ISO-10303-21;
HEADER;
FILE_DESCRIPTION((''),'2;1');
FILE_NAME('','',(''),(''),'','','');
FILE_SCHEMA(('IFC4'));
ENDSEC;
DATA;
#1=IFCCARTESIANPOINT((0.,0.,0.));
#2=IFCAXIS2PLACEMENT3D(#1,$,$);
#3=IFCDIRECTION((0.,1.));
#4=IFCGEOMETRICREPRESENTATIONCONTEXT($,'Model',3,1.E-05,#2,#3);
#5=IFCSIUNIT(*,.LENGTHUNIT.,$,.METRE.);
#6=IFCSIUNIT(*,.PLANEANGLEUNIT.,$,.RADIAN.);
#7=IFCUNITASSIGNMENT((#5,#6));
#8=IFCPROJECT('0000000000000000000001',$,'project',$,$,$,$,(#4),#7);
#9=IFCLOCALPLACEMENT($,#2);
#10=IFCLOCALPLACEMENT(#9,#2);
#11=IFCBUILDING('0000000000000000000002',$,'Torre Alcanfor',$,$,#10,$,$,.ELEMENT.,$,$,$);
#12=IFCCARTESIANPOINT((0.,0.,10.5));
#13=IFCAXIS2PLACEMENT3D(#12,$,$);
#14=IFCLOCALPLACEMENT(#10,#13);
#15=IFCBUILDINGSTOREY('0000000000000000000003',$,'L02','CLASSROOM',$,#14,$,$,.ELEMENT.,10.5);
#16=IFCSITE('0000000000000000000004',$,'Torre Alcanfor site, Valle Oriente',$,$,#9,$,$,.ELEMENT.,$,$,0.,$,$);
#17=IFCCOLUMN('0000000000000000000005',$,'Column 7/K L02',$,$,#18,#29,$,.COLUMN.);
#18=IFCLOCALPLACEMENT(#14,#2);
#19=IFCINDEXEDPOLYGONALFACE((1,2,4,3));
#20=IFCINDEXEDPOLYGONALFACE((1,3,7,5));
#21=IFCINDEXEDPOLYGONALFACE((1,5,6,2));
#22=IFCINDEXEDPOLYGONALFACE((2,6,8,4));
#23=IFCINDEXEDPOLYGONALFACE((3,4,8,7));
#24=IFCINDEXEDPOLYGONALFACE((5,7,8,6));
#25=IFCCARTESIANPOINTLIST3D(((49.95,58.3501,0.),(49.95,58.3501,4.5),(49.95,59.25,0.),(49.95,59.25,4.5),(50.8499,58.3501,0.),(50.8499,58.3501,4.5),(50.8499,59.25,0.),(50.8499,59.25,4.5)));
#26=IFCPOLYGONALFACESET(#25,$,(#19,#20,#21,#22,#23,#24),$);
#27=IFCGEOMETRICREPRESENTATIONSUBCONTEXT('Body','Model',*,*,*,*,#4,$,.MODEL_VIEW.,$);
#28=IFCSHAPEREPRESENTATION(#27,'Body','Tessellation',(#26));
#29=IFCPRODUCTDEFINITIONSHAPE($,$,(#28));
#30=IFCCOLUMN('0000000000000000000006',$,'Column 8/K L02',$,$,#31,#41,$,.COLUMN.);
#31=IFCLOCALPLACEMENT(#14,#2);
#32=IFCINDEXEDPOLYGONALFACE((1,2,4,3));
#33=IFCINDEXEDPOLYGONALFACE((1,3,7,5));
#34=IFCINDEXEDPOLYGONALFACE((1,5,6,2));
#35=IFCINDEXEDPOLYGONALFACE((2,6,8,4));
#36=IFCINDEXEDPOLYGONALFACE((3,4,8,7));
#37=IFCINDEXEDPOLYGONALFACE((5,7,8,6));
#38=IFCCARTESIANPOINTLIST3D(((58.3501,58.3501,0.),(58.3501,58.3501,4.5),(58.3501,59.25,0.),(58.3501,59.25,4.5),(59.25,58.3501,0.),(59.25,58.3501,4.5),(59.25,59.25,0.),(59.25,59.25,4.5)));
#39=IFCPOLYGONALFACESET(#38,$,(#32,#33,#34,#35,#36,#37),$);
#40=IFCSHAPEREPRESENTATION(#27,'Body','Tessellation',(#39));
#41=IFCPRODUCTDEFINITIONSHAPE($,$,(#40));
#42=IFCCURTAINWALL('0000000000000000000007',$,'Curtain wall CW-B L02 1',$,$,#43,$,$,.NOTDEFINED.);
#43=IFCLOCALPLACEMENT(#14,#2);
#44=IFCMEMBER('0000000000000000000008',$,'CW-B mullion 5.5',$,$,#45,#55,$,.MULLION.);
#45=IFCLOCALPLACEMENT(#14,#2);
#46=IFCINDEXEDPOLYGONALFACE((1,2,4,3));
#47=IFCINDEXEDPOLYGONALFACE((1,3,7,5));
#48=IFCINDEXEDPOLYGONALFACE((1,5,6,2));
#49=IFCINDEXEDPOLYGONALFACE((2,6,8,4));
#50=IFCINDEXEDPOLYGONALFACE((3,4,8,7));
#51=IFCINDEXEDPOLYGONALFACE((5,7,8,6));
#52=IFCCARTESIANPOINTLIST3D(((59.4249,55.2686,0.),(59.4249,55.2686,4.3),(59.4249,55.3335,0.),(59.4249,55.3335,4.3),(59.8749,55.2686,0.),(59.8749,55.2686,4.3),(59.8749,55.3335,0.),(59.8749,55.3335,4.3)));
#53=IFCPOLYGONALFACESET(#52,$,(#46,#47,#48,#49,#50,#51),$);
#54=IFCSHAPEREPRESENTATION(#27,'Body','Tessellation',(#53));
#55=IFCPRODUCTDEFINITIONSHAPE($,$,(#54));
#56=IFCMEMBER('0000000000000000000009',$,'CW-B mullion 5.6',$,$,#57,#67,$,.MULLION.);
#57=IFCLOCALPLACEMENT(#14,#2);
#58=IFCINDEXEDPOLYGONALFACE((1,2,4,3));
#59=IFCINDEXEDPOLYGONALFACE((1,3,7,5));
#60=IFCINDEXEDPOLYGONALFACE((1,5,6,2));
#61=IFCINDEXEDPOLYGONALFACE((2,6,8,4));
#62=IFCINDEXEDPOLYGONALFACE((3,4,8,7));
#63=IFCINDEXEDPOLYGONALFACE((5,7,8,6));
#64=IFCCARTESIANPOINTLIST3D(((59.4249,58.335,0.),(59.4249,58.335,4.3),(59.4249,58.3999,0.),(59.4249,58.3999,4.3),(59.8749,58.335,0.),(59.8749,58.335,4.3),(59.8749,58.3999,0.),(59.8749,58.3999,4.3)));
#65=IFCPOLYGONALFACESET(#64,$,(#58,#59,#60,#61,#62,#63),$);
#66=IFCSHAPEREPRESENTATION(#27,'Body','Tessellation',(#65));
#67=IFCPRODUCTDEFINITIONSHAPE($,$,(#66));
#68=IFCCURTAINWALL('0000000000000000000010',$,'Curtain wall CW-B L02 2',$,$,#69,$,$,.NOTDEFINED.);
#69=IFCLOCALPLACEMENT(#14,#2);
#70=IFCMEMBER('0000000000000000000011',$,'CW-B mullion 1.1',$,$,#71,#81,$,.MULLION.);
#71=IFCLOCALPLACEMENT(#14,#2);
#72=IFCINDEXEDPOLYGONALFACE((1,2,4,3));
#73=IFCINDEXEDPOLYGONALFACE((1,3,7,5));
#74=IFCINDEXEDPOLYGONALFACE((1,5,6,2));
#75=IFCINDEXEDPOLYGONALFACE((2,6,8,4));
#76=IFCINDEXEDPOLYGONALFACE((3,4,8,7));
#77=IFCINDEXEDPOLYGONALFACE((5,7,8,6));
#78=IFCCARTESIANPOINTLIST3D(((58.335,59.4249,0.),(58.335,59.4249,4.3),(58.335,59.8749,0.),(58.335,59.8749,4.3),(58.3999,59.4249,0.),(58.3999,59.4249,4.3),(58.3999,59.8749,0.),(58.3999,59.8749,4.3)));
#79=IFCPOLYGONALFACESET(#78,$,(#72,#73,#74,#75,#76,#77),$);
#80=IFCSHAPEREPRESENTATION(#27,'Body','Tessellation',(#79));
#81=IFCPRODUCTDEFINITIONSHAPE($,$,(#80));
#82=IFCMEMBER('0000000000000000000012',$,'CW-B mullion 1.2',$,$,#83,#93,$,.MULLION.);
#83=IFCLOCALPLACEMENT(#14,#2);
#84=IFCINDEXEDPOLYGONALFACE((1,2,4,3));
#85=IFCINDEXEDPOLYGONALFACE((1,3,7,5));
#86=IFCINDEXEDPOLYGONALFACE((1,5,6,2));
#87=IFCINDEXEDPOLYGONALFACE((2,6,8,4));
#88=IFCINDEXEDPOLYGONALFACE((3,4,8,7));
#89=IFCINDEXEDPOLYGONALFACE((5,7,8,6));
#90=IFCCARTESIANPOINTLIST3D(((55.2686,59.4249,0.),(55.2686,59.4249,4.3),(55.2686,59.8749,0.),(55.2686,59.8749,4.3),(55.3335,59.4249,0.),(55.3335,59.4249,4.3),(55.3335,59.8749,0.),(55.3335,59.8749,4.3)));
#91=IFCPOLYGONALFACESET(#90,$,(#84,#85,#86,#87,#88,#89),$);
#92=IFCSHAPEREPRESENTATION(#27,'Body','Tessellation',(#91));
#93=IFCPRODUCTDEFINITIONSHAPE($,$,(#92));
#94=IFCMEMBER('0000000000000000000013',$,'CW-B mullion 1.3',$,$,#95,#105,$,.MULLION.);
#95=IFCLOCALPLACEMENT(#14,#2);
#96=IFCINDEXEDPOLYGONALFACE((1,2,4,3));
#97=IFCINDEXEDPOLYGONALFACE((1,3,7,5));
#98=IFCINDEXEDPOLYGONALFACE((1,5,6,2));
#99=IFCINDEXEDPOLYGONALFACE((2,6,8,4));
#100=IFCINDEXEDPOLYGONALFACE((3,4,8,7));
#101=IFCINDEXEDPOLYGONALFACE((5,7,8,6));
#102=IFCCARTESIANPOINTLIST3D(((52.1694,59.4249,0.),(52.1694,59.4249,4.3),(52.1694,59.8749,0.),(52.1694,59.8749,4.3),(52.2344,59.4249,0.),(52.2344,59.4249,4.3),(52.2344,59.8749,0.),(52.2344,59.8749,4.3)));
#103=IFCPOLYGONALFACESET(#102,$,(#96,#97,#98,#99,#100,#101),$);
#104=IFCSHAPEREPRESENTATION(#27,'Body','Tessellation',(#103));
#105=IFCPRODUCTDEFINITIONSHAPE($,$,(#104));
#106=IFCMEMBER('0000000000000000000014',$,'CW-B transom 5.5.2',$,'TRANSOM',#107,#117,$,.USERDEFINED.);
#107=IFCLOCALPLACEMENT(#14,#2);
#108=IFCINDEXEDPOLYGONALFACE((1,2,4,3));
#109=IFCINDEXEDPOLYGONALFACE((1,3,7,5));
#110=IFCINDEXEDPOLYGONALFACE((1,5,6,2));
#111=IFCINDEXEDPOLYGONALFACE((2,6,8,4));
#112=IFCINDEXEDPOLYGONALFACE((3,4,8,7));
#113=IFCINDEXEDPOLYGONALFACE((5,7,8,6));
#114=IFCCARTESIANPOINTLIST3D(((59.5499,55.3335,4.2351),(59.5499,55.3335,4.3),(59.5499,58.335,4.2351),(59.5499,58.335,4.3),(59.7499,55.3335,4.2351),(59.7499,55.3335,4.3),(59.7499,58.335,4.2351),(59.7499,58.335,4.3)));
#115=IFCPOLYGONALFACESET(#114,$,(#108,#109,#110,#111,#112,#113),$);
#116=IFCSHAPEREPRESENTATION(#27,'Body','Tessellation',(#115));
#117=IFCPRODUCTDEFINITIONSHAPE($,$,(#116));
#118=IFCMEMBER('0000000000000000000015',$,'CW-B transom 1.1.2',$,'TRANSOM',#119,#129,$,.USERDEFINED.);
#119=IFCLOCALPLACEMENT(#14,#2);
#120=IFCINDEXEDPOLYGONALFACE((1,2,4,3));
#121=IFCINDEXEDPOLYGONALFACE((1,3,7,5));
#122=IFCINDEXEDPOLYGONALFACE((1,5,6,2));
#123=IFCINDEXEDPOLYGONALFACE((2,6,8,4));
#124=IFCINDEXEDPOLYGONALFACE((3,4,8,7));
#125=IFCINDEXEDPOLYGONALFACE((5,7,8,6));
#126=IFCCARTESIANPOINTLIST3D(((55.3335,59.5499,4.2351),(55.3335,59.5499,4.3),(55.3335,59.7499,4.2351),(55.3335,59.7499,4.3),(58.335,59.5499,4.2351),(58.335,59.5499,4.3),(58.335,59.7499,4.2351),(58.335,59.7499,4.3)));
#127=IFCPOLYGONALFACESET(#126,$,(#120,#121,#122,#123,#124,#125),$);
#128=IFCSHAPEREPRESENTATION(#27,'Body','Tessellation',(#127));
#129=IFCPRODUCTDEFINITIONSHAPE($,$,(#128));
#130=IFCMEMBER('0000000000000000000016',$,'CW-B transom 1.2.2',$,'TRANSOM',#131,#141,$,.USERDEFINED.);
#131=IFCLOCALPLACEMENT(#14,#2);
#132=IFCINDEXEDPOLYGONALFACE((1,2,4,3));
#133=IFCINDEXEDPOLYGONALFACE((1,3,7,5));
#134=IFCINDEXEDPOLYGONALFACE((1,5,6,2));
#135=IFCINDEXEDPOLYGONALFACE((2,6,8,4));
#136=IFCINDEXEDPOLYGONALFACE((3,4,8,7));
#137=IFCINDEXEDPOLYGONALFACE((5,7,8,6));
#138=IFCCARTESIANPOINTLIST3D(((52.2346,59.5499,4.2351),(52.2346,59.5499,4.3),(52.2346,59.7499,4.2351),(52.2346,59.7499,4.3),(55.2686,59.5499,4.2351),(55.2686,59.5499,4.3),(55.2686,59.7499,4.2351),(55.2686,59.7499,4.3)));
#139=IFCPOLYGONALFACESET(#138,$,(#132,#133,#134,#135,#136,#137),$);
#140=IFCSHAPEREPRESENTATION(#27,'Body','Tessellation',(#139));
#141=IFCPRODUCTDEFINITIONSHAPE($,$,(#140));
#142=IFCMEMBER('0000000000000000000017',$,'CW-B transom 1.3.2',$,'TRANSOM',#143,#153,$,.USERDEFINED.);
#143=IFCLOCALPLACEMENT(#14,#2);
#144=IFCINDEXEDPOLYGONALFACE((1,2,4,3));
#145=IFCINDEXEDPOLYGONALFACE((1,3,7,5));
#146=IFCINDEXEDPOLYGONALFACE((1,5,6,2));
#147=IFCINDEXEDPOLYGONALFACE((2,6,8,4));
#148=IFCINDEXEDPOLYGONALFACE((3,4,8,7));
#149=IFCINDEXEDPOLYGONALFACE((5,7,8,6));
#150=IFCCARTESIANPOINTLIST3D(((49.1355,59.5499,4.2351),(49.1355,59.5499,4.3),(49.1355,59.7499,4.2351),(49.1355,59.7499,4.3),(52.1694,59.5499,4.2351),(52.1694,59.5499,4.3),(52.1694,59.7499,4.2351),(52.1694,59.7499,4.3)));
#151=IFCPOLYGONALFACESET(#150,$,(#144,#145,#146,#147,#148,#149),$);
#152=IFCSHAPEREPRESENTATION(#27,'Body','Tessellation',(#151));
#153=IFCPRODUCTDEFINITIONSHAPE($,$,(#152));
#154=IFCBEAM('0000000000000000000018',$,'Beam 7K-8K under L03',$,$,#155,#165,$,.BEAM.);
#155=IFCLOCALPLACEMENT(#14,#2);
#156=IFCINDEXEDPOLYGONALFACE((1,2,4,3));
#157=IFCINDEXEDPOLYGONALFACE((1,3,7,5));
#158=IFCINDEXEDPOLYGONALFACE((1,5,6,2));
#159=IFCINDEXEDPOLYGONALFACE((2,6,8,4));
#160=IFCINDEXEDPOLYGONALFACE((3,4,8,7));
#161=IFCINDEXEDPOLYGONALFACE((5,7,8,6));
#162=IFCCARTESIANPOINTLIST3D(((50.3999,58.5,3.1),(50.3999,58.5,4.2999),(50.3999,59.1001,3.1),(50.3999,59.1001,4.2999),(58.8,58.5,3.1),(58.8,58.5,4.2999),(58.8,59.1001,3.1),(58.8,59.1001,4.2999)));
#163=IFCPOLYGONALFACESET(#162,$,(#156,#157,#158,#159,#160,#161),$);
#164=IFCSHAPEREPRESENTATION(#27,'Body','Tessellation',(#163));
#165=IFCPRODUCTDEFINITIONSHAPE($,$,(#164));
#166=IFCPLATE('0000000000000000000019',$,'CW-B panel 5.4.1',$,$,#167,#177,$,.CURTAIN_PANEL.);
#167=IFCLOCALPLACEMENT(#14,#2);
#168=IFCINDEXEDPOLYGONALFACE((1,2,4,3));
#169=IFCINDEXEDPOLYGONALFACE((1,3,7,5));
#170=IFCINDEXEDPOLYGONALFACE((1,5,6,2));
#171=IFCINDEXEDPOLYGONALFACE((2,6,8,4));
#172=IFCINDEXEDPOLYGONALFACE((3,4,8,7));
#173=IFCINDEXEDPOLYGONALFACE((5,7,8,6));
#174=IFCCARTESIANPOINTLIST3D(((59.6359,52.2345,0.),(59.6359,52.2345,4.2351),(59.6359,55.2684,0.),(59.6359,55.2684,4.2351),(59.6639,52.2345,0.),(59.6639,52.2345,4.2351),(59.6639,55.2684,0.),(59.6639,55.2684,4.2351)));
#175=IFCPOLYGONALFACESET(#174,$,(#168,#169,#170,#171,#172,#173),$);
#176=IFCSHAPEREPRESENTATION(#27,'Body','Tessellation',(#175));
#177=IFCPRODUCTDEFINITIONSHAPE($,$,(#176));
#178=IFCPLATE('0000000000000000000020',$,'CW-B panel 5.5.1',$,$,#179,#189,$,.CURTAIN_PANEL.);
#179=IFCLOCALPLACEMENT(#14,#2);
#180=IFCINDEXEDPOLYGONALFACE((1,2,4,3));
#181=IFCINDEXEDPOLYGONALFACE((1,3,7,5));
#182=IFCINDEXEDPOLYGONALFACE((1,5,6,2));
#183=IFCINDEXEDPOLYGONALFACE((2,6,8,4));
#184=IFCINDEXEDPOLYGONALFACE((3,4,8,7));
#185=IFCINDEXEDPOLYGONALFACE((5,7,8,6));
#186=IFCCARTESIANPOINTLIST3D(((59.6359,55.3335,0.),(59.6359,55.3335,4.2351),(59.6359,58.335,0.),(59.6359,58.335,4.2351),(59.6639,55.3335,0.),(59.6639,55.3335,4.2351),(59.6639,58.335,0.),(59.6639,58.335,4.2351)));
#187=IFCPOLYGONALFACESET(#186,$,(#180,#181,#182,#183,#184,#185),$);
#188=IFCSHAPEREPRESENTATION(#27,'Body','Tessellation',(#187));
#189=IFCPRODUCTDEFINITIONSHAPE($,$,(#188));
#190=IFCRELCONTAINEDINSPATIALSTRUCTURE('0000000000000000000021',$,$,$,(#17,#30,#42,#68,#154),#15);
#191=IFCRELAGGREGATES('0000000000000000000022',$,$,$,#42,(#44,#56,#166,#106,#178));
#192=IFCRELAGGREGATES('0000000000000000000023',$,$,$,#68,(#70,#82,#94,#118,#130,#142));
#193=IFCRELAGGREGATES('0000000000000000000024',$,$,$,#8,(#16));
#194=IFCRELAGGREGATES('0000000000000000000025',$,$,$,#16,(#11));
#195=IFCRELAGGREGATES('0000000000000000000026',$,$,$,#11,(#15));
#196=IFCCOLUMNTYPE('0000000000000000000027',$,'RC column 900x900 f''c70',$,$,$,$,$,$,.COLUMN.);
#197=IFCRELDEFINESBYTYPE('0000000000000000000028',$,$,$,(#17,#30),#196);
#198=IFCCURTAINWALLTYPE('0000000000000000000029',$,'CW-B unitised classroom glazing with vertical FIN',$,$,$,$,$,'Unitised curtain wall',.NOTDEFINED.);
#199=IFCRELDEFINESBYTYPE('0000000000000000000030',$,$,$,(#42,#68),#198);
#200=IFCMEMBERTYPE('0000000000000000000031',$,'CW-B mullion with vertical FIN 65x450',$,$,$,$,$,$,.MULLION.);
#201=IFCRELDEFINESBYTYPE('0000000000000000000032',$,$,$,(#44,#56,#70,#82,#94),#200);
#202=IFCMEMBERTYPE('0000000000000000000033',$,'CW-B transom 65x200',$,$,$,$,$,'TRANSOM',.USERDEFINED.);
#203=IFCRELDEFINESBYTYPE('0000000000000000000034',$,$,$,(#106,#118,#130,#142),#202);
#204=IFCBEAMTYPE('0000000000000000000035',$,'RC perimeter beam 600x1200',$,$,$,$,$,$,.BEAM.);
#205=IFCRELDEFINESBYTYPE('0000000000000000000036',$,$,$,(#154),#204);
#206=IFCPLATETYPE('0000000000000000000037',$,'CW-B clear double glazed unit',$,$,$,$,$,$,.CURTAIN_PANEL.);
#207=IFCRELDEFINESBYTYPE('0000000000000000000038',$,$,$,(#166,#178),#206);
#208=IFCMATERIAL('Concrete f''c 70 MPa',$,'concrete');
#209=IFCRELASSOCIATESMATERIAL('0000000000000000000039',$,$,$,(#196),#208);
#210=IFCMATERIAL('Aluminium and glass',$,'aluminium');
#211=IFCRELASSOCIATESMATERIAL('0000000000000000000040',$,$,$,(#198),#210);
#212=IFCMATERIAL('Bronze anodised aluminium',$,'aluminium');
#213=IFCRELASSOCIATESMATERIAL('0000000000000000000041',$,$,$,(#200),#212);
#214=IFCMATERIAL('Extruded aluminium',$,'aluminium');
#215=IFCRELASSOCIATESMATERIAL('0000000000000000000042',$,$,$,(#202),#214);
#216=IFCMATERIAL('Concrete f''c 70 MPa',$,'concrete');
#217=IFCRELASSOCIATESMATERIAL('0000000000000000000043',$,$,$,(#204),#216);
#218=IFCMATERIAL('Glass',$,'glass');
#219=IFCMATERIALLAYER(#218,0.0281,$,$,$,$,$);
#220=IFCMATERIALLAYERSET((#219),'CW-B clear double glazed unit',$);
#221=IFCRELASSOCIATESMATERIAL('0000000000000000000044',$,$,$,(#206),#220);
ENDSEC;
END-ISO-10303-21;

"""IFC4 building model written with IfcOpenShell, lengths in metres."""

from ifc_helpers import new_model, si_unit, direction, frame, origin, origin_2d, place, context, subcontext, project, spatial, rectangle, extrude, material, layer, layer_set, material_profile, profile_set, type_object, element, aggregate, save


model = new_model("IFC4")

# Units and contexts
model_context = context("Model", 3, precision=1e-05, world=origin(), true_north=direction((0.0, 1.0)))
body_context = subcontext(model_context, "Body", "Model", "MODEL_VIEW")
ifc_project = project(units=[si_unit("LENGTHUNIT", "METRE"), si_unit("PLANEANGLEUNIT", "RADIAN")], contexts=[model_context])

# Site, building, storey
site_placement = place(None, origin())
site = spatial("IfcSite", under=ifc_project, at=site_placement, Name="Torre Alcanfor site, Valle Oriente", CompositionType="ELEMENT", RefElevation=0.0)
building_placement = place(site_placement, origin())
building = spatial("IfcBuilding", under=site, at=building_placement, Name="Torre Alcanfor", CompositionType="ELEMENT")
storey_placement = place(building_placement, frame((0.0, 0.0, 10.5)))
storey = spatial("IfcBuildingStorey", under=building, at=storey_placement, Name="L02", Description="CLASSROOM", CompositionType="ELEMENT", Elevation=10.5)

# Columns
ifc_material_1 = material(Name="Concrete f'c 70 MPa", Category="concrete")
ifc_material_profile_1 = material_profile(ifc_material_1, rectangle(XDim=0.8999, YDim=0.8999, at=origin_2d()), Name="900x900")
ifc_profile_set_1 = profile_set([ifc_material_profile_1], Name="Concrete f'c 70 MPa")
column_type = type_object("IfcColumnType", Name="RC column 900x900 f'c70", PredefinedType="COLUMN", material=ifc_profile_set_1)
for number, where, z_axis, x_axis, name in (
    (1, (50.3999, 58.8, 0.0), (0.0, 0.0, 1.0), (1.0, 0.0, 0.0), "Column 7/K L02"),
    (2, (58.8, 58.8, 0.0), (0.0, 0.0, 1.0), (1.0, 0.0, 0.0), "Column 8/K L02"),
):
    element("IfcColumn", number, at=place(storey_placement, frame(where, z_axis=z_axis, x_axis=x_axis)), inside=storey, type_object=column_type, Name=name, PredefinedType="COLUMN", context=body_context, shape_type="SweptSolid", body=[
        extrude(rectangle(XDim=0.8999, YDim=0.8999, at=origin_2d()), origin(), (0.0, 0.0, 1.0), 4.5),
    ])

# Curtain walls, members
ifc_material_2 = material(Name="Aluminium and glass", Category="aluminium")
curtain_wall_type = type_object("IfcCurtainWallType", Name="CW-B unitised classroom glazing with vertical FIN", ElementType="Unitised curtain wall", PredefinedType="NOTDEFINED", material=ifc_material_2)
curtain_wall_1_placement = place(storey_placement, origin())
curtain_wall_1 = element("IfcCurtainWall", 3, at=curtain_wall_1_placement, inside=storey, type_object=curtain_wall_type, Name="Curtain wall CW-B L02 1", PredefinedType="NOTDEFINED")
ifc_material_3 = material(Name="Bronze anodised aluminium", Category="aluminium")
ifc_material_profile_2 = material_profile(ifc_material_3, rectangle(XDim=0.45, YDim=0.0649, at=origin_2d()), Name="CW-B mullion 65x450")
ifc_profile_set_2 = profile_set([ifc_material_profile_2], Name="Bronze anodised aluminium")
member_type_1 = type_object("IfcMemberType", Name="CW-B mullion with vertical FIN 65x450", PredefinedType="MULLION", material=ifc_profile_set_2)
member_1_placement = place(storey_placement, frame((59.6499, 55.301, 0.0), z_axis=(0.0, 0.0, 1.0), x_axis=(-1.0, 0.0, 0.0)))
member_1 = element("IfcMember", 4, at=member_1_placement, type_object=member_type_1, Name="CW-B mullion 5.5", PredefinedType="MULLION", context=body_context, shape_type="SweptSolid", body=[
    extrude(rectangle(XDim=0.45, YDim=0.0649, at=origin_2d()), origin(), (0.0, 0.0, 1.0), 4.3),
])
member_2_placement = place(storey_placement, frame((59.6499, 58.3674, 0.0), z_axis=(0.0, 0.0, 1.0), x_axis=(-1.0, 0.0, 0.0)))
member_2 = element("IfcMember", 5, at=member_2_placement, type_object=member_type_1, Name="CW-B mullion 5.6", PredefinedType="MULLION", context=body_context, shape_type="SweptSolid", body=[
    extrude(rectangle(XDim=0.45, YDim=0.0649, at=origin_2d()), origin(), (0.0, 0.0, 1.0), 4.3),
])
curtain_wall_2_placement = place(storey_placement, origin())
curtain_wall_2 = element("IfcCurtainWall", 6, at=curtain_wall_2_placement, inside=storey, type_object=curtain_wall_type, Name="Curtain wall CW-B L02 2", PredefinedType="NOTDEFINED")
member_3_placement = place(storey_placement, frame((58.3674, 59.6499, 0.0), z_axis=(0.0, 0.0, 1.0), x_axis=(0.0, -1.0, 0.0)))
member_3 = element("IfcMember", 7, at=member_3_placement, type_object=member_type_1, Name="CW-B mullion 1.1", PredefinedType="MULLION", context=body_context, shape_type="SweptSolid", body=[
    extrude(rectangle(XDim=0.45, YDim=0.0649, at=origin_2d()), origin(), (0.0, 0.0, 1.0), 4.3),
])
member_4_placement = place(storey_placement, frame((55.301, 59.6499, 0.0), z_axis=(0.0, 0.0, 1.0), x_axis=(0.0, -1.0, 0.0)))
member_4 = element("IfcMember", 8, at=member_4_placement, type_object=member_type_1, Name="CW-B mullion 1.2", PredefinedType="MULLION", context=body_context, shape_type="SweptSolid", body=[
    extrude(rectangle(XDim=0.45, YDim=0.0649, at=origin_2d()), origin(), (0.0, 0.0, 1.0), 4.3),
])
member_5_placement = place(storey_placement, frame((52.2019, 59.6499, 0.0), z_axis=(0.0, 0.0, 1.0), x_axis=(0.0, -1.0, 0.0)))
member_5 = element("IfcMember", 9, at=member_5_placement, type_object=member_type_1, Name="CW-B mullion 1.3", PredefinedType="MULLION", context=body_context, shape_type="SweptSolid", body=[
    extrude(rectangle(XDim=0.45, YDim=0.0649, at=origin_2d()), origin(), (0.0, 0.0, 1.0), 4.3),
])

# Members
ifc_material_4 = material(Name="Extruded aluminium", Category="aluminium")
ifc_material_profile_3 = material_profile(ifc_material_4, rectangle(XDim=0.2, YDim=0.0649, at=origin_2d()), Name="CW-B transom 200x65")
ifc_profile_set_3 = profile_set([ifc_material_profile_3], Name="Extruded aluminium")
member_type_2 = type_object("IfcMemberType", Name="CW-B transom 65x200", ElementType="TRANSOM", PredefinedType="USERDEFINED", material=ifc_profile_set_3)
member_6_placement = place(storey_placement, frame((59.6499, 55.3335, 4.2676), z_axis=(0.0, 1.0, 0.0), x_axis=(-1.0, 0.0, 0.0)))
member_6 = element("IfcMember", 10, at=member_6_placement, type_object=member_type_2, Name="CW-B transom 5.5.2", ObjectType="TRANSOM", PredefinedType="USERDEFINED", context=body_context, shape_type="SweptSolid", body=[
    extrude(rectangle(XDim=0.2, YDim=0.0649, at=origin_2d()), origin(), (0.0, 0.0, 1.0), 3.0015),
])
member_7_placement = place(storey_placement, frame((58.335, 59.6499, 4.2676), z_axis=(-1.0, 0.0, 0.0), x_axis=(0.0, -1.0, 0.0)))
member_7 = element("IfcMember", 11, at=member_7_placement, type_object=member_type_2, Name="CW-B transom 1.1.2", ObjectType="TRANSOM", PredefinedType="USERDEFINED", context=body_context, shape_type="SweptSolid", body=[
    extrude(rectangle(XDim=0.2, YDim=0.0649, at=origin_2d()), origin(), (0.0, 0.0, 1.0), 3.0015),
])
member_8_placement = place(storey_placement, frame((55.2686, 59.6499, 4.2676), z_axis=(-1.0, 0.0, 0.0), x_axis=(0.0, -1.0, 0.0)))
member_8 = element("IfcMember", 12, at=member_8_placement, type_object=member_type_2, Name="CW-B transom 1.2.2", ObjectType="TRANSOM", PredefinedType="USERDEFINED", context=body_context, shape_type="SweptSolid", body=[
    extrude(rectangle(XDim=0.2, YDim=0.0649, at=origin_2d()), origin(), (0.0, 0.0, 1.0), 3.0339),
])
member_9_placement = place(storey_placement, frame((52.1694, 59.6499, 4.2676), z_axis=(-1.0, 0.0, 0.0), x_axis=(0.0, -1.0, 0.0)))
member_9 = element("IfcMember", 13, at=member_9_placement, type_object=member_type_2, Name="CW-B transom 1.3.2", ObjectType="TRANSOM", PredefinedType="USERDEFINED", context=body_context, shape_type="SweptSolid", body=[
    extrude(rectangle(XDim=0.2, YDim=0.0649, at=origin_2d()), origin(), (0.0, 0.0, 1.0), 3.0339),
])

# Beam
ifc_material_5 = material(Name="Concrete f'c 70 MPa", Category="concrete")
ifc_material_profile_4 = material_profile(ifc_material_5, rectangle(XDim=0.6001, YDim=1.2, at=origin_2d()), Name="600x1200")
ifc_profile_set_4 = profile_set([ifc_material_profile_4], Name="Concrete f'c 70 MPa")
beam_type = type_object("IfcBeamType", Name="RC perimeter beam 600x1200", PredefinedType="BEAM", material=ifc_profile_set_4)
beam_placement = place(storey_placement, frame((50.3999, 58.8, 3.7), z_axis=(1.0, 0.0, 0.0), x_axis=(0.0, 1.0, 0.0)))
element("IfcBeam", 14, at=beam_placement, inside=storey, type_object=beam_type, Name="Beam 7K-8K under L03", PredefinedType="BEAM", context=body_context, shape_type="SweptSolid", body=[
    extrude(rectangle(XDim=0.6001, YDim=1.2, at=origin_2d()), origin(), (0.0, 0.0, 1.0), 8.4001),
])

# Plates
ifc_material_6 = material(Name="Glass", Category="glass")
ifc_layer_1 = layer(ifc_material_6, 0.0281)
ifc_layer_set_1 = layer_set([ifc_layer_1], Name="CW-B clear double glazed unit")
plate_type = type_object("IfcPlateType", Name="CW-B clear double glazed unit", PredefinedType="CURTAIN_PANEL", material=ifc_layer_set_1)
plate_1_placement = place(storey_placement, frame((59.6499, 53.7515, 0.0), z_axis=(0.0, 0.0, 1.0), x_axis=(0.0, 1.0, 0.0)))
plate_1 = element("IfcPlate", 15, at=plate_1_placement, type_object=plate_type, Name="CW-B panel 5.4.1", PredefinedType="CURTAIN_PANEL", context=body_context, shape_type="SweptSolid", body=[
    extrude(rectangle(XDim=3.0339, YDim=0.0281, at=origin_2d()), origin(), (0.0, 0.0, 1.0), 4.2351),
])
plate_2_placement = place(storey_placement, frame((59.6499, 56.8342, 0.0), z_axis=(0.0, 0.0, 1.0), x_axis=(0.0, 1.0, 0.0)))
plate_2 = element("IfcPlate", 16, at=plate_2_placement, type_object=plate_type, Name="CW-B panel 5.5.1", PredefinedType="CURTAIN_PANEL", context=body_context, shape_type="SweptSolid", body=[
    extrude(rectangle(XDim=3.0015, YDim=0.0281, at=origin_2d()), origin(), (0.0, 0.0, 1.0), 4.2351),
])
aggregate(curtain_wall_1, [member_1, member_2, plate_1, member_6, plate_2])
aggregate(curtain_wall_2, [member_3, member_4, member_5, member_7, member_8, member_9])

save(model, "model.ifc")
